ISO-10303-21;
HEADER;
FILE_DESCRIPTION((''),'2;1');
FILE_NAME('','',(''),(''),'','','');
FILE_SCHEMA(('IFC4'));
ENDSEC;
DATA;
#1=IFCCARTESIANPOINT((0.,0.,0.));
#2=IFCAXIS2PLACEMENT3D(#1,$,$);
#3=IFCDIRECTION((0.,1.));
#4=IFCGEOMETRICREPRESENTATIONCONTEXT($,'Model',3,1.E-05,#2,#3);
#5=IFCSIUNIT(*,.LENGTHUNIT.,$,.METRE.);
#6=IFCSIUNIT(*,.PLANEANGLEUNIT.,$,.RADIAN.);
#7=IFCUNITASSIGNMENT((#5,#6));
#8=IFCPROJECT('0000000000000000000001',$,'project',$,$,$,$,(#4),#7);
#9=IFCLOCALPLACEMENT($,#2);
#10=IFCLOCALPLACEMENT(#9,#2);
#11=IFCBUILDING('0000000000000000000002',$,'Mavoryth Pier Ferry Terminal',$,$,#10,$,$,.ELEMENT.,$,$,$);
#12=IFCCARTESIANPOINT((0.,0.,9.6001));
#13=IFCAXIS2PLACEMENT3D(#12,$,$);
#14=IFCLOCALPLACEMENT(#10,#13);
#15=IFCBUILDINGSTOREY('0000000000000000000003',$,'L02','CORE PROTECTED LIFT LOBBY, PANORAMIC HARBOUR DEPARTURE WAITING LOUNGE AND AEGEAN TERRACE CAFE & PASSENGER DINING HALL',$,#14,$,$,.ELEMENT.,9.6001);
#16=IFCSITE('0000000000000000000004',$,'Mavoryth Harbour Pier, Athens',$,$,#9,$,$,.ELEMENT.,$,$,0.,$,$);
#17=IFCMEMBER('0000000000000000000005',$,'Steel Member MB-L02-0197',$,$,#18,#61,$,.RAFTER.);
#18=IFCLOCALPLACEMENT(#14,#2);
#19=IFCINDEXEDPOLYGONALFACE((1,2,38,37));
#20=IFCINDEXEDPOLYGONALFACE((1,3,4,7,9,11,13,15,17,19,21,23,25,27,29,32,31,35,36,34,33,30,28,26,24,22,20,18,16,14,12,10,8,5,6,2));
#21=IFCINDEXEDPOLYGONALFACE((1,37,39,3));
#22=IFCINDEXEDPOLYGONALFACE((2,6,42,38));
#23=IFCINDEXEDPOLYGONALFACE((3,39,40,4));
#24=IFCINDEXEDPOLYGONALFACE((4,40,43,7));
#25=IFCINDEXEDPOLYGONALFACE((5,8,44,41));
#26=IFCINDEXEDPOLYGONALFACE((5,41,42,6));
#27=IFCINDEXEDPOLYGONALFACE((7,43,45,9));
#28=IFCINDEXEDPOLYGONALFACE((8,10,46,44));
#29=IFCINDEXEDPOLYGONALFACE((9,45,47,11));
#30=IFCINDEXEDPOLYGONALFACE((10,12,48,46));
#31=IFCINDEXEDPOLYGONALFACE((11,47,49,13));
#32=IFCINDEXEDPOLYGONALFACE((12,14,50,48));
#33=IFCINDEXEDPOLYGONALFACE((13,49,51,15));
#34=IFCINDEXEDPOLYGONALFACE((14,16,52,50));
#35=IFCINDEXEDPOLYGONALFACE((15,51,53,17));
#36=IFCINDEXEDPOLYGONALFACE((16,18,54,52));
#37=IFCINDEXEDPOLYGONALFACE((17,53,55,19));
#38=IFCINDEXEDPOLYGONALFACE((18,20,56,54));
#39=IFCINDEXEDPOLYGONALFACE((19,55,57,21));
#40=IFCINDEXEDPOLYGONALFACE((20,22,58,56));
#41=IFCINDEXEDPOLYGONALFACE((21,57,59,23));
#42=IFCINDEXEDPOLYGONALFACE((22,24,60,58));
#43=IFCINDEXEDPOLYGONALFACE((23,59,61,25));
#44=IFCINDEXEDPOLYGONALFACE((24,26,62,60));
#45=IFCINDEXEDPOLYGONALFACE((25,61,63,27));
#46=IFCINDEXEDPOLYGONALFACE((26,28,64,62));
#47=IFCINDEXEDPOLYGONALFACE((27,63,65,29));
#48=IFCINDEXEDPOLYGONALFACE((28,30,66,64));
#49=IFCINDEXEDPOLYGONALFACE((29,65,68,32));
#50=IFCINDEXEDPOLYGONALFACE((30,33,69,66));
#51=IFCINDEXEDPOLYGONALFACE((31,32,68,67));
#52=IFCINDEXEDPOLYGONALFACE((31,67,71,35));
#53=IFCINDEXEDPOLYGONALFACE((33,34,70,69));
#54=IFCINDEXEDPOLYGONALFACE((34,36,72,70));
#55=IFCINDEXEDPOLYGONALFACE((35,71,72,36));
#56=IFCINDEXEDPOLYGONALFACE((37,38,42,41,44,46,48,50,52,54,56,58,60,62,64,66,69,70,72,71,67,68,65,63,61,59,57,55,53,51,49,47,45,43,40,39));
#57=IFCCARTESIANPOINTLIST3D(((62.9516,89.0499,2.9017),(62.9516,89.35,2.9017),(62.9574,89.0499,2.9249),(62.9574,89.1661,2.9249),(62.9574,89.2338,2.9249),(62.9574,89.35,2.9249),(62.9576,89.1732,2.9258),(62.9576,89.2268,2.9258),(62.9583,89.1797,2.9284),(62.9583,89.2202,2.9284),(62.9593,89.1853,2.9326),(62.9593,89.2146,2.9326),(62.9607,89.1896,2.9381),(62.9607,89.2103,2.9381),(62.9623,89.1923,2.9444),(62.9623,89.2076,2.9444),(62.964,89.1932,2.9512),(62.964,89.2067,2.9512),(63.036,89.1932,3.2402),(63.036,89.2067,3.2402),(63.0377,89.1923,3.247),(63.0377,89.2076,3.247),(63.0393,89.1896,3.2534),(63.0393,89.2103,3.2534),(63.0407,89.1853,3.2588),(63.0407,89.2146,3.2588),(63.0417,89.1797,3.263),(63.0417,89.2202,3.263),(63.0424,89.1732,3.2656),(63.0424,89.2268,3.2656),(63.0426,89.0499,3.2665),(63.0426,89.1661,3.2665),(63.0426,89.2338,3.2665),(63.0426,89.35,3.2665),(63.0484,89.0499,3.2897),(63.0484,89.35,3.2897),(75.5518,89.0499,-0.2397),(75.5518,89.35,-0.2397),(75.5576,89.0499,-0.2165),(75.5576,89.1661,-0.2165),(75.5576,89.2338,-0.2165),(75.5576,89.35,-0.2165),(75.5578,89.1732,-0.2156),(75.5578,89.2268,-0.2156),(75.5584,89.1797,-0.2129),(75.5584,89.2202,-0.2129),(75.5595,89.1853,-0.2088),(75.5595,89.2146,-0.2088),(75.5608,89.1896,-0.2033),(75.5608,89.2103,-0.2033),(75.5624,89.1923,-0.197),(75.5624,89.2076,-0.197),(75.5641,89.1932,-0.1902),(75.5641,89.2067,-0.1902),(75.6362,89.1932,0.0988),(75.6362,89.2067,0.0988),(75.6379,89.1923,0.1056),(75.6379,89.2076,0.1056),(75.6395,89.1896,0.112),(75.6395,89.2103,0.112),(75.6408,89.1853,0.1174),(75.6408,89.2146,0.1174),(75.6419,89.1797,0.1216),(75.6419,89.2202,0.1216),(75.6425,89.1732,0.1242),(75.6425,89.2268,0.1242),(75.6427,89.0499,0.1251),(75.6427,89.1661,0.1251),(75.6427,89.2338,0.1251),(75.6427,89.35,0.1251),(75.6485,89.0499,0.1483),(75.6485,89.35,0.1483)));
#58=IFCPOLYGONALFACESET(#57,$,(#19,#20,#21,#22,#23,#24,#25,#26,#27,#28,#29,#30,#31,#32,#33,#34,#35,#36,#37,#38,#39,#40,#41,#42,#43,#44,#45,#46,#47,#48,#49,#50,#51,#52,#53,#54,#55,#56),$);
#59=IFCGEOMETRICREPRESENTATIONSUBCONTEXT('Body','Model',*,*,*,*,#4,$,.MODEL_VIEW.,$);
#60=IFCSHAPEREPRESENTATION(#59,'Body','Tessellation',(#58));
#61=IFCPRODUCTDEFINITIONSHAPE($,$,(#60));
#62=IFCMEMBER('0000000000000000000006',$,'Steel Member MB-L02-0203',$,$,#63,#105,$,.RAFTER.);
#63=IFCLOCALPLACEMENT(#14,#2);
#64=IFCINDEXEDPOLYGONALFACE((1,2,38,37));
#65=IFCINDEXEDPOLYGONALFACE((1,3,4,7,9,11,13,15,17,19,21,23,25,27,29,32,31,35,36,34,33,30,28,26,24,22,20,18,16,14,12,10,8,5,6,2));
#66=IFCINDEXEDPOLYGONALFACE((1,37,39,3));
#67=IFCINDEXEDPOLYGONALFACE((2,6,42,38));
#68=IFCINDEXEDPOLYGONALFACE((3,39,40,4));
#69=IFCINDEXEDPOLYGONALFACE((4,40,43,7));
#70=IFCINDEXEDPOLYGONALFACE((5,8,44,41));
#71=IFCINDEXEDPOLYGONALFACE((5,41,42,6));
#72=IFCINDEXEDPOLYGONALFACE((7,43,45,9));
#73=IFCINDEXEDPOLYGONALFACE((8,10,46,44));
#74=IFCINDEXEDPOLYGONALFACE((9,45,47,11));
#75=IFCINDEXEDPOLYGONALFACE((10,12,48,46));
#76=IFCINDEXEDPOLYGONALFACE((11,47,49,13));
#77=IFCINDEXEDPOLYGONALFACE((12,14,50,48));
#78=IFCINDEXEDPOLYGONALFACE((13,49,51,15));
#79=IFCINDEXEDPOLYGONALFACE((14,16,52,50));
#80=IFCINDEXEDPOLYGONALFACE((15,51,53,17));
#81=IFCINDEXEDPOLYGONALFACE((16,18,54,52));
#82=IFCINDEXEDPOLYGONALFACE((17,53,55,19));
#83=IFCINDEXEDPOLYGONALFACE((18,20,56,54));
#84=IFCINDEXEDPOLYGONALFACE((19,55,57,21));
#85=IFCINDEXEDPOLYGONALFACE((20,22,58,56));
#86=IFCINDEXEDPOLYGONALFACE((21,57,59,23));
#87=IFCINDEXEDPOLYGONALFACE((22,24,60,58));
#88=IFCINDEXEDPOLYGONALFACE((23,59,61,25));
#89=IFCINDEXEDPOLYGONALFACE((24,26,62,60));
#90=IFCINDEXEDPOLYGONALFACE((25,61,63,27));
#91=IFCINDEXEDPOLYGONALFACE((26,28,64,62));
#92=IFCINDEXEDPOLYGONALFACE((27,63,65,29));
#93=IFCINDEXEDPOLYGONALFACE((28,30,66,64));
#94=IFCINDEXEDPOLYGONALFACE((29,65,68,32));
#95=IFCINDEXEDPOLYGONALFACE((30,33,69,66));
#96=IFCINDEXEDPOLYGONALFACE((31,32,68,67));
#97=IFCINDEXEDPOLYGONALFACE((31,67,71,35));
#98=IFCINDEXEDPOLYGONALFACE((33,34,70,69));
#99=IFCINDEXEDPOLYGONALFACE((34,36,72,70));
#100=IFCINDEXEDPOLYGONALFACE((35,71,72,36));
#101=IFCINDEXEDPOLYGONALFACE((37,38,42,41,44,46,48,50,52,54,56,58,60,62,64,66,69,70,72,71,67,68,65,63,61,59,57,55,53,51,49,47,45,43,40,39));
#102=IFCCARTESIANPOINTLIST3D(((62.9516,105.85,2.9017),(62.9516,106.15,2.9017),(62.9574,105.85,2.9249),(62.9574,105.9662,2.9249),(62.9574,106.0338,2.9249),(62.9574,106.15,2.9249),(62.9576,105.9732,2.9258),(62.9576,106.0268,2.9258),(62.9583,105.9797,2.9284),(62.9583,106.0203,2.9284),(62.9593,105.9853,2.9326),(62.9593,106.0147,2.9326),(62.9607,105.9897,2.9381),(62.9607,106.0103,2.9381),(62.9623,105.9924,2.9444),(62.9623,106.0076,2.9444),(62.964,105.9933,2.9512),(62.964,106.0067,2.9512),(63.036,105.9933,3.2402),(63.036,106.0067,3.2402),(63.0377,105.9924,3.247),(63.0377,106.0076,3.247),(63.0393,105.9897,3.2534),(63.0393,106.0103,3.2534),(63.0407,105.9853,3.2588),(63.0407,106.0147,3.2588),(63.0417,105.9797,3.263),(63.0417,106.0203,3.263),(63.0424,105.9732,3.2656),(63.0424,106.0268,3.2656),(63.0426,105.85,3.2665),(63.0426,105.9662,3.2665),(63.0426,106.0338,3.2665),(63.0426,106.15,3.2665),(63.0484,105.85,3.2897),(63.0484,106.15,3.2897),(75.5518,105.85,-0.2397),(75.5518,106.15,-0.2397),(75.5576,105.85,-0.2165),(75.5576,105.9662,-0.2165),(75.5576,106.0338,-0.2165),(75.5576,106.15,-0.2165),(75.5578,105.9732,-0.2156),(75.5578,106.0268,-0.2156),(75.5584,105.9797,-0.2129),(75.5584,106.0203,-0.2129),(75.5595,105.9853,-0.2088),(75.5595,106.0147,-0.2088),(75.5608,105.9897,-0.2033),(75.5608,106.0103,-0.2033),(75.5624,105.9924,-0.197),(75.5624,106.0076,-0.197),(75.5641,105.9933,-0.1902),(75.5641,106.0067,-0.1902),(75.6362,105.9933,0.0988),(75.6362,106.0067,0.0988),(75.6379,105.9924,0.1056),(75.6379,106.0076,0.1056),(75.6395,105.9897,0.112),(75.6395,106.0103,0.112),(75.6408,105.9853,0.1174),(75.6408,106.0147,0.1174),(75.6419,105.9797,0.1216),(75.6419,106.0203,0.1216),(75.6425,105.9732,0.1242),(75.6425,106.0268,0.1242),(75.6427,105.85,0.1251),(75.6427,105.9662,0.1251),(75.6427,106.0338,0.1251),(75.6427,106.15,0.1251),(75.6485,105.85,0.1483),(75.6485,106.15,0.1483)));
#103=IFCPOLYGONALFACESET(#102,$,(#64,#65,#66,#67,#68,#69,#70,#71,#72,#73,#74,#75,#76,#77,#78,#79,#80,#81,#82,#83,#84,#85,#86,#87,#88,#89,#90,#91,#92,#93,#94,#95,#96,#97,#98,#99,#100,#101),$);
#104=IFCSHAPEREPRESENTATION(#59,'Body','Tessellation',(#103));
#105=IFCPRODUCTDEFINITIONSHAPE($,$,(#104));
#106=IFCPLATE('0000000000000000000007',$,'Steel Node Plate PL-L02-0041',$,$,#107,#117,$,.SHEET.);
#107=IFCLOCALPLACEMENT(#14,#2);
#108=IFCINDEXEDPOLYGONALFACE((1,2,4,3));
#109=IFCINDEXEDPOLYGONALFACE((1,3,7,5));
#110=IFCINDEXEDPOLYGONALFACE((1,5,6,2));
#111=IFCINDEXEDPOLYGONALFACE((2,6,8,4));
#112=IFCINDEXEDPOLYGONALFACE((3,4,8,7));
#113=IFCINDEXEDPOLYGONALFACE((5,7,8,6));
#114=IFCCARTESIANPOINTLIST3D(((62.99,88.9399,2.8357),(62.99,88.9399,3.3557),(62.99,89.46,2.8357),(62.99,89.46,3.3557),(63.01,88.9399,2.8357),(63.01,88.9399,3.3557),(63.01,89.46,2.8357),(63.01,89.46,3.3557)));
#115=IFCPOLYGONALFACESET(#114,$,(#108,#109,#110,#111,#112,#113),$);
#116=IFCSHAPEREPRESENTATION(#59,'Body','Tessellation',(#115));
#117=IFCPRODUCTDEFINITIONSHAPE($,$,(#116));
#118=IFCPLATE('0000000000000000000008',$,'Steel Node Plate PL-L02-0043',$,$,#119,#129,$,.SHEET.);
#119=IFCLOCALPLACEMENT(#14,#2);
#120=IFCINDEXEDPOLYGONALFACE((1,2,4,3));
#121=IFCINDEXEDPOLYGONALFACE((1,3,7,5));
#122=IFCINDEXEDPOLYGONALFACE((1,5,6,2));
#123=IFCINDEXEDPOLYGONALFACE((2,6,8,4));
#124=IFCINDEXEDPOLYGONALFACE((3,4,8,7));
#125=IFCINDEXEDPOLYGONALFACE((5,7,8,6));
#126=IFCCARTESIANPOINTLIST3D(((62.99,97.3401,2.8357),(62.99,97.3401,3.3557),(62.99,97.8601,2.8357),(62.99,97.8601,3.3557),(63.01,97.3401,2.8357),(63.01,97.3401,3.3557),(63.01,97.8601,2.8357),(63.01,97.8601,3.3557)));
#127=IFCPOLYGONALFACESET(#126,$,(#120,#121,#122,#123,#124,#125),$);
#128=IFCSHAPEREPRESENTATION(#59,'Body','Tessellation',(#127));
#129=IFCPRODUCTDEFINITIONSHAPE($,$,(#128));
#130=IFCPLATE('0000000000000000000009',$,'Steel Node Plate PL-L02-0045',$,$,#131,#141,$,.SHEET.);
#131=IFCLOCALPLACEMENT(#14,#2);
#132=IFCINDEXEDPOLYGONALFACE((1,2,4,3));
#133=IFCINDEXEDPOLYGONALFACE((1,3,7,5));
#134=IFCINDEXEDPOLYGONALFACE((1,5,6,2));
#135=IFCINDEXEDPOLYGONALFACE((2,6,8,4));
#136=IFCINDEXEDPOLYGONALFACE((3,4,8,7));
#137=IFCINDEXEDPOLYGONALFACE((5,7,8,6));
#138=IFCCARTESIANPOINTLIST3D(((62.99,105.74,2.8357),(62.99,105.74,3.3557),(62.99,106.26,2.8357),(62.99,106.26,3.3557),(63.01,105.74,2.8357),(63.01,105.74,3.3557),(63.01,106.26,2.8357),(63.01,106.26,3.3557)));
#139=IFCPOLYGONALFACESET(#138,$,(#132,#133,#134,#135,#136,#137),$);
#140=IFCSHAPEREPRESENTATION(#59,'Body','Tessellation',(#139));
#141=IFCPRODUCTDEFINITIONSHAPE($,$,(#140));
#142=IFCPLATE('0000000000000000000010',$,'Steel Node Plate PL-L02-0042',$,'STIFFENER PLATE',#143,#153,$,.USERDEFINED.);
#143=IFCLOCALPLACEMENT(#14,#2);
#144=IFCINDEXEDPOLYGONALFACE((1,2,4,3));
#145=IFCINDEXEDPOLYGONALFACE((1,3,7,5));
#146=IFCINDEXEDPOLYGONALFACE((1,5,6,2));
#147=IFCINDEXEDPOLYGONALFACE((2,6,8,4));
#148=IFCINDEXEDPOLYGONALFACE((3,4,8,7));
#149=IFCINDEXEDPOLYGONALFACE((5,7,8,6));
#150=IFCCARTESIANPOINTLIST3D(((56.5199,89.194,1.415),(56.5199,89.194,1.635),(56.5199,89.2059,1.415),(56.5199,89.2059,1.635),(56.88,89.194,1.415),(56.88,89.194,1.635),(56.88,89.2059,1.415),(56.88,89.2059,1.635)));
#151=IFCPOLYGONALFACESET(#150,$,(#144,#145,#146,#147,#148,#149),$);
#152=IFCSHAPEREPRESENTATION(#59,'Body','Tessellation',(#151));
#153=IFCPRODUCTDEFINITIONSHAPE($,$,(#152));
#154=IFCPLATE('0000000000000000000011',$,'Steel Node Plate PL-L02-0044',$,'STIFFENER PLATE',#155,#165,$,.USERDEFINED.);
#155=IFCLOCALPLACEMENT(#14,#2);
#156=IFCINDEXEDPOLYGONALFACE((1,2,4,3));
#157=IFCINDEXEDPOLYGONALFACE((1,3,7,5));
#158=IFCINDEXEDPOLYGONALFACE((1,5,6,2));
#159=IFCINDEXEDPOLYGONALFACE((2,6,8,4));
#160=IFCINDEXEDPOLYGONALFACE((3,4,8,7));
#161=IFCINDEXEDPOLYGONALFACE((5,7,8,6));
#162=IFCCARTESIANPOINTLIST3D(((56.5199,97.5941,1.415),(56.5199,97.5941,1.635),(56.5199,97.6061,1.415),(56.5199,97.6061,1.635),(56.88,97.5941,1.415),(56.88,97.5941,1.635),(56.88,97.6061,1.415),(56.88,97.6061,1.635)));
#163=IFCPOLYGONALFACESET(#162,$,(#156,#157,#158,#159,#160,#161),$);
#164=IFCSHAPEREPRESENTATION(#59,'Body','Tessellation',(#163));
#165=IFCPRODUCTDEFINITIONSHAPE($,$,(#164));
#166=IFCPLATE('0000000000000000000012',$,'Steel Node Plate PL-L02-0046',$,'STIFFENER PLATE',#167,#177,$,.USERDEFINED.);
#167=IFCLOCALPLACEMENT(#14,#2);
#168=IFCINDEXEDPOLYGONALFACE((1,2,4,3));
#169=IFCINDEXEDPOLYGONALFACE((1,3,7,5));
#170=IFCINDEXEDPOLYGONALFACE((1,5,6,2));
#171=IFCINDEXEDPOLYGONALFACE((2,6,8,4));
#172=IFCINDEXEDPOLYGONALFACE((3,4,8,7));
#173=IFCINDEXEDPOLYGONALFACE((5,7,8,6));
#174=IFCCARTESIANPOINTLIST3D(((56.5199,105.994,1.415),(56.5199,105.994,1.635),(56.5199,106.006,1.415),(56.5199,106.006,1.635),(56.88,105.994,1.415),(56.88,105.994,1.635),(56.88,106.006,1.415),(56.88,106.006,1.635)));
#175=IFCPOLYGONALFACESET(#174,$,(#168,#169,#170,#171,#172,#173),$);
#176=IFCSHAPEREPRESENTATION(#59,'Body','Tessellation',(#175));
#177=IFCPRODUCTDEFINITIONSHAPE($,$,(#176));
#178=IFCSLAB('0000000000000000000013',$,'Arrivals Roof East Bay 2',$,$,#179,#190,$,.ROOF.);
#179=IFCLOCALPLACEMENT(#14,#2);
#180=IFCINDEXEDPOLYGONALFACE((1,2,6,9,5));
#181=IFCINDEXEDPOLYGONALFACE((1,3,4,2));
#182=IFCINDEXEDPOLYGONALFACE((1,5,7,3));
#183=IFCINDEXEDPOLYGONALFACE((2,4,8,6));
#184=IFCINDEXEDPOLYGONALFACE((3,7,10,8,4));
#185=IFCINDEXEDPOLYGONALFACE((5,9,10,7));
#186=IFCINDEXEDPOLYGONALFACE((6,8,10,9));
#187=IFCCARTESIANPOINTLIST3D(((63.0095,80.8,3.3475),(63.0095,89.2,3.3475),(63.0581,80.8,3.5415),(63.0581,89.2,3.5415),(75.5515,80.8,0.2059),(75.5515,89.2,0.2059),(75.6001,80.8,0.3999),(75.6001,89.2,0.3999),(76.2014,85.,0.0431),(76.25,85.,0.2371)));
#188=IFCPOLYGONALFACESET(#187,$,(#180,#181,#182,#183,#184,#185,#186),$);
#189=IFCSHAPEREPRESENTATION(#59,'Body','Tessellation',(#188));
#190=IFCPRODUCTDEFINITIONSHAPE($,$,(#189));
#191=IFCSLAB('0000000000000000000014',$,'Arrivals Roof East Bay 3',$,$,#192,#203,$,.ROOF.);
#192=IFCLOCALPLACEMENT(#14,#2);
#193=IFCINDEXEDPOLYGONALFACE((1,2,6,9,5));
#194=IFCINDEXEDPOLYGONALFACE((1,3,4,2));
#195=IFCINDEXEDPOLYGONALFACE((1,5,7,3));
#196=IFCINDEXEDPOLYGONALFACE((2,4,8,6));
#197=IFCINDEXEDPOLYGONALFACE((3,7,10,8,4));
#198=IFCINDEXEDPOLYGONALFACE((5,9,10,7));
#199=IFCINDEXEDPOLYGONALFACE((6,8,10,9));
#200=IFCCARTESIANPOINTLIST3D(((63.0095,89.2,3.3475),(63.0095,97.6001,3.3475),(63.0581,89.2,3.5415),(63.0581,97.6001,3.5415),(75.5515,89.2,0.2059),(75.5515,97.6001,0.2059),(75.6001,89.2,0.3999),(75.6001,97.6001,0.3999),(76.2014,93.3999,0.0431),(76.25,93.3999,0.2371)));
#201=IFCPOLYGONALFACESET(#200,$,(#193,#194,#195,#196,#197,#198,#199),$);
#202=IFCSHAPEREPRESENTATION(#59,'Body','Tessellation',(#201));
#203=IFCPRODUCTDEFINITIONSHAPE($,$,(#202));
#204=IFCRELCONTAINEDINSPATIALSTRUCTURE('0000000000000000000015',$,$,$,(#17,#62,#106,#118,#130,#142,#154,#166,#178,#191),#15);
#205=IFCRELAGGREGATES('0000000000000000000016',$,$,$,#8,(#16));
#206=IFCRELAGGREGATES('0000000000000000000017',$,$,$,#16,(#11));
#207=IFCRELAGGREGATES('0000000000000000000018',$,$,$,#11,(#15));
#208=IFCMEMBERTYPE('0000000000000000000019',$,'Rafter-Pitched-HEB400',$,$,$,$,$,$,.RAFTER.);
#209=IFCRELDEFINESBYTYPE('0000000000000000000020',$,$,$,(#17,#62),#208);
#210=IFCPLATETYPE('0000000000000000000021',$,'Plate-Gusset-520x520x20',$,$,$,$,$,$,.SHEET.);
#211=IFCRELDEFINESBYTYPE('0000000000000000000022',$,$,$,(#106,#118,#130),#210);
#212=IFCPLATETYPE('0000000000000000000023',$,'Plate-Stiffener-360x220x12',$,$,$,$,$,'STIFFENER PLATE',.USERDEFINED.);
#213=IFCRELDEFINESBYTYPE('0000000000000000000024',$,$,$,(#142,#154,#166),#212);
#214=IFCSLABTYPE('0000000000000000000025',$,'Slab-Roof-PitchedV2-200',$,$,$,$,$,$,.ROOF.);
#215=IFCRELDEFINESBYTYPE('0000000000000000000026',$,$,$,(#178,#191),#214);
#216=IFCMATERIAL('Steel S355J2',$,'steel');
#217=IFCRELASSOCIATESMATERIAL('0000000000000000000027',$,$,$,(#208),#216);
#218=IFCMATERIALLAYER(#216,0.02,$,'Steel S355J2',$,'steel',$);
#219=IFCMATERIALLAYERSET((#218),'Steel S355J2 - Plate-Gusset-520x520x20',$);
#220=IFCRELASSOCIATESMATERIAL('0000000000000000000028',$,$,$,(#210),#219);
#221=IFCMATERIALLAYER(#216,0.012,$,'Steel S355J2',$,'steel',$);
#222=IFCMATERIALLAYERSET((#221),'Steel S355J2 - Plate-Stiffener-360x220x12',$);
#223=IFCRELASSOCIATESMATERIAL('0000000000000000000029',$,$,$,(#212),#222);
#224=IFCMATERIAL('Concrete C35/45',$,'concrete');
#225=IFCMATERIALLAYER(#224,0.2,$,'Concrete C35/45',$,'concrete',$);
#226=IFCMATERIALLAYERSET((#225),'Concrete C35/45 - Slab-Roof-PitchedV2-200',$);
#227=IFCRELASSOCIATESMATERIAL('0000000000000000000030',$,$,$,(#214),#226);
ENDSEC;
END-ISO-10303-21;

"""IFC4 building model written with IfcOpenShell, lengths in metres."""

from ifc_helpers import new_model, si_unit, direction, frame, origin, origin_2d, place, context, subcontext, project, spatial, polyline, rectangle, i_section, outline, extrude, material, layer, layer_set, material_profile, profile_set, type_object, element, save


model = new_model("IFC4")

# Units and contexts
model_context = context("Model", 3, precision=1e-05, world=origin(), true_north=direction((0.0, 1.0)))
body_context = subcontext(model_context, "Body", "Model", "MODEL_VIEW")
ifc_project = project(units=[si_unit("LENGTHUNIT", "METRE"), si_unit("PLANEANGLEUNIT", "RADIAN")], contexts=[model_context])

# Site, building, storey
site_placement = place(None, origin())
site = spatial("IfcSite", under=ifc_project, at=site_placement, Name="Mavoryth Harbour Pier, Athens", CompositionType="ELEMENT", RefElevation=0.0)
building_placement = place(site_placement, origin())
building = spatial("IfcBuilding", under=site, at=building_placement, Name="Mavoryth Pier Ferry Terminal", CompositionType="ELEMENT")
storey_placement = place(building_placement, frame((0.0, 0.0, 9.6001)))
storey = spatial("IfcBuildingStorey", under=building, at=storey_placement, Name="L02", Description="CORE PROTECTED LIFT LOBBY, PANORAMIC HARBOUR DEPARTURE WAITING LOUNGE AND AEGEAN TERRACE CAFE & PASSENGER DINING HALL", CompositionType="ELEMENT", Elevation=9.6001)

# Members
ifc_material_1 = material(Name="Steel S355J2", Category="steel")
ifc_material_profile_1 = material_profile(ifc_material_1, i_section(OverallWidth=0.3, OverallDepth=0.3999, WebThickness=0.0134, FlangeThickness=0.0239, FilletRadius=0.0271, at=origin_2d()), Name="HEB 400", Category="steel")
ifc_profile_set_1 = profile_set([ifc_material_profile_1], Name="Steel S355J2 - HEB 400")
member_type_1 = type_object("IfcMemberType", Name="Rafter-Pitched-HEB400", PredefinedType="RAFTER", material=ifc_profile_set_1)
for number, where, z_axis, x_axis, name in (
    (1, (63.0, 89.2, 3.0957), (0.970299, 0.0, -0.241907), (0.0, 1.0, 0.0), "Steel Member MB-L02-0197"),
    (2, (63.0, 106.0, 3.0957), (0.970299, 0.0, -0.241907), (0.0, 1.0, 0.0), "Steel Member MB-L02-0203"),
):
    element("IfcMember", number, at=place(storey_placement, frame(where, z_axis=z_axis, x_axis=x_axis)), inside=storey, type_object=member_type_1, Name=name, PredefinedType="RAFTER", context=body_context, shape_type="SweptSolid", body=[
        extrude(i_section(OverallWidth=0.3, OverallDepth=0.3999, WebThickness=0.0134, FlangeThickness=0.0239, FilletRadius=0.0271, at=origin_2d()), origin(), (0.0, 0.0, 1.0), 12.9858),
    ])

# Plates
ifc_layer_1 = layer(ifc_material_1, 0.02, Name="Steel S355J2", Category="steel")
ifc_layer_set_1 = layer_set([ifc_layer_1], Name="Steel S355J2 - Plate-Gusset-520x520x20")
plate_type_1 = type_object("IfcPlateType", Name="Plate-Gusset-520x520x20", PredefinedType="SHEET", material=ifc_layer_set_1)
for number, where, z_axis, x_axis, name in (
    (3, (63.0, 89.2, 2.8357), (0.0, 0.0, 1.0), (0.0, 1.0, 0.0), "Steel Node Plate PL-L02-0041"),
    (4, (63.0, 97.6001, 2.8357), (0.0, 0.0, 1.0), (0.0, 1.0, 0.0), "Steel Node Plate PL-L02-0043"),
    (5, (63.0, 106.0, 2.8357), (0.0, 0.0, 1.0), (0.0, 1.0, 0.0), "Steel Node Plate PL-L02-0045"),
):
    element("IfcPlate", number, at=place(storey_placement, frame(where, z_axis=z_axis, x_axis=x_axis)), inside=storey, type_object=plate_type_1, Name=name, PredefinedType="SHEET", context=body_context, shape_type="SweptSolid", body=[
        extrude(rectangle(XDim=0.52, YDim=0.02, at=origin_2d()), origin(), (0.0, 0.0, 1.0), 0.52),
    ])
ifc_layer_2 = layer(ifc_material_1, 0.012, Name="Steel S355J2", Category="steel")
ifc_layer_set_2 = layer_set([ifc_layer_2], Name="Steel S355J2 - Plate-Stiffener-360x220x12")
plate_type_2 = type_object("IfcPlateType", Name="Plate-Stiffener-360x220x12", ElementType="STIFFENER PLATE", PredefinedType="USERDEFINED", material=ifc_layer_set_2)
for number, where, z_axis, x_axis, name in (
    (6, (56.7, 89.2, 1.415), (0.0, 0.0, 1.0), (1.0, 0.0, 0.0), "Steel Node Plate PL-L02-0042"),
    (7, (56.7, 97.6001, 1.415), (0.0, 0.0, 1.0), (1.0, 0.0, 0.0), "Steel Node Plate PL-L02-0044"),
    (8, (56.7, 106.0, 1.415), (0.0, 0.0, 1.0), (1.0, 0.0, 0.0), "Steel Node Plate PL-L02-0046"),
):
    element("IfcPlate", number, at=place(storey_placement, frame(where, z_axis=z_axis, x_axis=x_axis)), inside=storey, type_object=plate_type_2, Name=name, ObjectType="STIFFENER PLATE", PredefinedType="USERDEFINED", context=body_context, shape_type="SweptSolid", body=[
        extrude(rectangle(XDim=0.3601, YDim=0.012, at=origin_2d()), origin(), (0.0, 0.0, 1.0), 0.22),
    ])

# Slabs
ifc_material_2 = material(Name="Concrete C35/45", Category="concrete")
ifc_layer_3 = layer(ifc_material_2, 0.2, Name="Concrete C35/45", Category="concrete")
ifc_layer_set_3 = layer_set([ifc_layer_3], Name="Concrete C35/45 - Slab-Roof-PitchedV2-200")
slab_type = type_object("IfcSlabType", Name="Slab-Roof-PitchedV2-200", PredefinedType="ROOF", material=ifc_layer_set_3)
slab_1_placement = place(storey_placement, frame((63.0581, 80.8, 3.5415), z_axis=(0.242982, 0.0, 0.970031), x_axis=(0.970031, 0.0, -0.242982)))
element("IfcSlab", 9, at=slab_1_placement, inside=storey, type_object=slab_type, Name="Arrivals Roof East Bay 2", PredefinedType="ROOF", context=body_context, shape_type="SweptSolid", body=[
    extrude(outline(polyline([(0.0, 0.0), (12.9295, 0.0), (13.5995, 4.2), (12.9295, 8.3999), (0.0, 8.3999), (0.0, 0.0)])), origin(), (0.0, 0.0, -1.0), 0.2),
])
slab_2_placement = place(storey_placement, frame((63.0581, 89.2, 3.5415), z_axis=(0.242982, 0.0, 0.970031), x_axis=(0.970031, 0.0, -0.242982)))
element("IfcSlab", 10, at=slab_2_placement, inside=storey, type_object=slab_type, Name="Arrivals Roof East Bay 3", PredefinedType="ROOF", context=body_context, shape_type="SweptSolid", body=[
    extrude(outline(polyline([(0.0, 0.0), (12.9295, 0.0), (13.5995, 4.2), (12.9295, 8.4001), (0.0, 8.4001), (0.0, 0.0)])), origin(), (0.0, 0.0, -1.0), 0.2),
])

save(model, "model.ifc")
